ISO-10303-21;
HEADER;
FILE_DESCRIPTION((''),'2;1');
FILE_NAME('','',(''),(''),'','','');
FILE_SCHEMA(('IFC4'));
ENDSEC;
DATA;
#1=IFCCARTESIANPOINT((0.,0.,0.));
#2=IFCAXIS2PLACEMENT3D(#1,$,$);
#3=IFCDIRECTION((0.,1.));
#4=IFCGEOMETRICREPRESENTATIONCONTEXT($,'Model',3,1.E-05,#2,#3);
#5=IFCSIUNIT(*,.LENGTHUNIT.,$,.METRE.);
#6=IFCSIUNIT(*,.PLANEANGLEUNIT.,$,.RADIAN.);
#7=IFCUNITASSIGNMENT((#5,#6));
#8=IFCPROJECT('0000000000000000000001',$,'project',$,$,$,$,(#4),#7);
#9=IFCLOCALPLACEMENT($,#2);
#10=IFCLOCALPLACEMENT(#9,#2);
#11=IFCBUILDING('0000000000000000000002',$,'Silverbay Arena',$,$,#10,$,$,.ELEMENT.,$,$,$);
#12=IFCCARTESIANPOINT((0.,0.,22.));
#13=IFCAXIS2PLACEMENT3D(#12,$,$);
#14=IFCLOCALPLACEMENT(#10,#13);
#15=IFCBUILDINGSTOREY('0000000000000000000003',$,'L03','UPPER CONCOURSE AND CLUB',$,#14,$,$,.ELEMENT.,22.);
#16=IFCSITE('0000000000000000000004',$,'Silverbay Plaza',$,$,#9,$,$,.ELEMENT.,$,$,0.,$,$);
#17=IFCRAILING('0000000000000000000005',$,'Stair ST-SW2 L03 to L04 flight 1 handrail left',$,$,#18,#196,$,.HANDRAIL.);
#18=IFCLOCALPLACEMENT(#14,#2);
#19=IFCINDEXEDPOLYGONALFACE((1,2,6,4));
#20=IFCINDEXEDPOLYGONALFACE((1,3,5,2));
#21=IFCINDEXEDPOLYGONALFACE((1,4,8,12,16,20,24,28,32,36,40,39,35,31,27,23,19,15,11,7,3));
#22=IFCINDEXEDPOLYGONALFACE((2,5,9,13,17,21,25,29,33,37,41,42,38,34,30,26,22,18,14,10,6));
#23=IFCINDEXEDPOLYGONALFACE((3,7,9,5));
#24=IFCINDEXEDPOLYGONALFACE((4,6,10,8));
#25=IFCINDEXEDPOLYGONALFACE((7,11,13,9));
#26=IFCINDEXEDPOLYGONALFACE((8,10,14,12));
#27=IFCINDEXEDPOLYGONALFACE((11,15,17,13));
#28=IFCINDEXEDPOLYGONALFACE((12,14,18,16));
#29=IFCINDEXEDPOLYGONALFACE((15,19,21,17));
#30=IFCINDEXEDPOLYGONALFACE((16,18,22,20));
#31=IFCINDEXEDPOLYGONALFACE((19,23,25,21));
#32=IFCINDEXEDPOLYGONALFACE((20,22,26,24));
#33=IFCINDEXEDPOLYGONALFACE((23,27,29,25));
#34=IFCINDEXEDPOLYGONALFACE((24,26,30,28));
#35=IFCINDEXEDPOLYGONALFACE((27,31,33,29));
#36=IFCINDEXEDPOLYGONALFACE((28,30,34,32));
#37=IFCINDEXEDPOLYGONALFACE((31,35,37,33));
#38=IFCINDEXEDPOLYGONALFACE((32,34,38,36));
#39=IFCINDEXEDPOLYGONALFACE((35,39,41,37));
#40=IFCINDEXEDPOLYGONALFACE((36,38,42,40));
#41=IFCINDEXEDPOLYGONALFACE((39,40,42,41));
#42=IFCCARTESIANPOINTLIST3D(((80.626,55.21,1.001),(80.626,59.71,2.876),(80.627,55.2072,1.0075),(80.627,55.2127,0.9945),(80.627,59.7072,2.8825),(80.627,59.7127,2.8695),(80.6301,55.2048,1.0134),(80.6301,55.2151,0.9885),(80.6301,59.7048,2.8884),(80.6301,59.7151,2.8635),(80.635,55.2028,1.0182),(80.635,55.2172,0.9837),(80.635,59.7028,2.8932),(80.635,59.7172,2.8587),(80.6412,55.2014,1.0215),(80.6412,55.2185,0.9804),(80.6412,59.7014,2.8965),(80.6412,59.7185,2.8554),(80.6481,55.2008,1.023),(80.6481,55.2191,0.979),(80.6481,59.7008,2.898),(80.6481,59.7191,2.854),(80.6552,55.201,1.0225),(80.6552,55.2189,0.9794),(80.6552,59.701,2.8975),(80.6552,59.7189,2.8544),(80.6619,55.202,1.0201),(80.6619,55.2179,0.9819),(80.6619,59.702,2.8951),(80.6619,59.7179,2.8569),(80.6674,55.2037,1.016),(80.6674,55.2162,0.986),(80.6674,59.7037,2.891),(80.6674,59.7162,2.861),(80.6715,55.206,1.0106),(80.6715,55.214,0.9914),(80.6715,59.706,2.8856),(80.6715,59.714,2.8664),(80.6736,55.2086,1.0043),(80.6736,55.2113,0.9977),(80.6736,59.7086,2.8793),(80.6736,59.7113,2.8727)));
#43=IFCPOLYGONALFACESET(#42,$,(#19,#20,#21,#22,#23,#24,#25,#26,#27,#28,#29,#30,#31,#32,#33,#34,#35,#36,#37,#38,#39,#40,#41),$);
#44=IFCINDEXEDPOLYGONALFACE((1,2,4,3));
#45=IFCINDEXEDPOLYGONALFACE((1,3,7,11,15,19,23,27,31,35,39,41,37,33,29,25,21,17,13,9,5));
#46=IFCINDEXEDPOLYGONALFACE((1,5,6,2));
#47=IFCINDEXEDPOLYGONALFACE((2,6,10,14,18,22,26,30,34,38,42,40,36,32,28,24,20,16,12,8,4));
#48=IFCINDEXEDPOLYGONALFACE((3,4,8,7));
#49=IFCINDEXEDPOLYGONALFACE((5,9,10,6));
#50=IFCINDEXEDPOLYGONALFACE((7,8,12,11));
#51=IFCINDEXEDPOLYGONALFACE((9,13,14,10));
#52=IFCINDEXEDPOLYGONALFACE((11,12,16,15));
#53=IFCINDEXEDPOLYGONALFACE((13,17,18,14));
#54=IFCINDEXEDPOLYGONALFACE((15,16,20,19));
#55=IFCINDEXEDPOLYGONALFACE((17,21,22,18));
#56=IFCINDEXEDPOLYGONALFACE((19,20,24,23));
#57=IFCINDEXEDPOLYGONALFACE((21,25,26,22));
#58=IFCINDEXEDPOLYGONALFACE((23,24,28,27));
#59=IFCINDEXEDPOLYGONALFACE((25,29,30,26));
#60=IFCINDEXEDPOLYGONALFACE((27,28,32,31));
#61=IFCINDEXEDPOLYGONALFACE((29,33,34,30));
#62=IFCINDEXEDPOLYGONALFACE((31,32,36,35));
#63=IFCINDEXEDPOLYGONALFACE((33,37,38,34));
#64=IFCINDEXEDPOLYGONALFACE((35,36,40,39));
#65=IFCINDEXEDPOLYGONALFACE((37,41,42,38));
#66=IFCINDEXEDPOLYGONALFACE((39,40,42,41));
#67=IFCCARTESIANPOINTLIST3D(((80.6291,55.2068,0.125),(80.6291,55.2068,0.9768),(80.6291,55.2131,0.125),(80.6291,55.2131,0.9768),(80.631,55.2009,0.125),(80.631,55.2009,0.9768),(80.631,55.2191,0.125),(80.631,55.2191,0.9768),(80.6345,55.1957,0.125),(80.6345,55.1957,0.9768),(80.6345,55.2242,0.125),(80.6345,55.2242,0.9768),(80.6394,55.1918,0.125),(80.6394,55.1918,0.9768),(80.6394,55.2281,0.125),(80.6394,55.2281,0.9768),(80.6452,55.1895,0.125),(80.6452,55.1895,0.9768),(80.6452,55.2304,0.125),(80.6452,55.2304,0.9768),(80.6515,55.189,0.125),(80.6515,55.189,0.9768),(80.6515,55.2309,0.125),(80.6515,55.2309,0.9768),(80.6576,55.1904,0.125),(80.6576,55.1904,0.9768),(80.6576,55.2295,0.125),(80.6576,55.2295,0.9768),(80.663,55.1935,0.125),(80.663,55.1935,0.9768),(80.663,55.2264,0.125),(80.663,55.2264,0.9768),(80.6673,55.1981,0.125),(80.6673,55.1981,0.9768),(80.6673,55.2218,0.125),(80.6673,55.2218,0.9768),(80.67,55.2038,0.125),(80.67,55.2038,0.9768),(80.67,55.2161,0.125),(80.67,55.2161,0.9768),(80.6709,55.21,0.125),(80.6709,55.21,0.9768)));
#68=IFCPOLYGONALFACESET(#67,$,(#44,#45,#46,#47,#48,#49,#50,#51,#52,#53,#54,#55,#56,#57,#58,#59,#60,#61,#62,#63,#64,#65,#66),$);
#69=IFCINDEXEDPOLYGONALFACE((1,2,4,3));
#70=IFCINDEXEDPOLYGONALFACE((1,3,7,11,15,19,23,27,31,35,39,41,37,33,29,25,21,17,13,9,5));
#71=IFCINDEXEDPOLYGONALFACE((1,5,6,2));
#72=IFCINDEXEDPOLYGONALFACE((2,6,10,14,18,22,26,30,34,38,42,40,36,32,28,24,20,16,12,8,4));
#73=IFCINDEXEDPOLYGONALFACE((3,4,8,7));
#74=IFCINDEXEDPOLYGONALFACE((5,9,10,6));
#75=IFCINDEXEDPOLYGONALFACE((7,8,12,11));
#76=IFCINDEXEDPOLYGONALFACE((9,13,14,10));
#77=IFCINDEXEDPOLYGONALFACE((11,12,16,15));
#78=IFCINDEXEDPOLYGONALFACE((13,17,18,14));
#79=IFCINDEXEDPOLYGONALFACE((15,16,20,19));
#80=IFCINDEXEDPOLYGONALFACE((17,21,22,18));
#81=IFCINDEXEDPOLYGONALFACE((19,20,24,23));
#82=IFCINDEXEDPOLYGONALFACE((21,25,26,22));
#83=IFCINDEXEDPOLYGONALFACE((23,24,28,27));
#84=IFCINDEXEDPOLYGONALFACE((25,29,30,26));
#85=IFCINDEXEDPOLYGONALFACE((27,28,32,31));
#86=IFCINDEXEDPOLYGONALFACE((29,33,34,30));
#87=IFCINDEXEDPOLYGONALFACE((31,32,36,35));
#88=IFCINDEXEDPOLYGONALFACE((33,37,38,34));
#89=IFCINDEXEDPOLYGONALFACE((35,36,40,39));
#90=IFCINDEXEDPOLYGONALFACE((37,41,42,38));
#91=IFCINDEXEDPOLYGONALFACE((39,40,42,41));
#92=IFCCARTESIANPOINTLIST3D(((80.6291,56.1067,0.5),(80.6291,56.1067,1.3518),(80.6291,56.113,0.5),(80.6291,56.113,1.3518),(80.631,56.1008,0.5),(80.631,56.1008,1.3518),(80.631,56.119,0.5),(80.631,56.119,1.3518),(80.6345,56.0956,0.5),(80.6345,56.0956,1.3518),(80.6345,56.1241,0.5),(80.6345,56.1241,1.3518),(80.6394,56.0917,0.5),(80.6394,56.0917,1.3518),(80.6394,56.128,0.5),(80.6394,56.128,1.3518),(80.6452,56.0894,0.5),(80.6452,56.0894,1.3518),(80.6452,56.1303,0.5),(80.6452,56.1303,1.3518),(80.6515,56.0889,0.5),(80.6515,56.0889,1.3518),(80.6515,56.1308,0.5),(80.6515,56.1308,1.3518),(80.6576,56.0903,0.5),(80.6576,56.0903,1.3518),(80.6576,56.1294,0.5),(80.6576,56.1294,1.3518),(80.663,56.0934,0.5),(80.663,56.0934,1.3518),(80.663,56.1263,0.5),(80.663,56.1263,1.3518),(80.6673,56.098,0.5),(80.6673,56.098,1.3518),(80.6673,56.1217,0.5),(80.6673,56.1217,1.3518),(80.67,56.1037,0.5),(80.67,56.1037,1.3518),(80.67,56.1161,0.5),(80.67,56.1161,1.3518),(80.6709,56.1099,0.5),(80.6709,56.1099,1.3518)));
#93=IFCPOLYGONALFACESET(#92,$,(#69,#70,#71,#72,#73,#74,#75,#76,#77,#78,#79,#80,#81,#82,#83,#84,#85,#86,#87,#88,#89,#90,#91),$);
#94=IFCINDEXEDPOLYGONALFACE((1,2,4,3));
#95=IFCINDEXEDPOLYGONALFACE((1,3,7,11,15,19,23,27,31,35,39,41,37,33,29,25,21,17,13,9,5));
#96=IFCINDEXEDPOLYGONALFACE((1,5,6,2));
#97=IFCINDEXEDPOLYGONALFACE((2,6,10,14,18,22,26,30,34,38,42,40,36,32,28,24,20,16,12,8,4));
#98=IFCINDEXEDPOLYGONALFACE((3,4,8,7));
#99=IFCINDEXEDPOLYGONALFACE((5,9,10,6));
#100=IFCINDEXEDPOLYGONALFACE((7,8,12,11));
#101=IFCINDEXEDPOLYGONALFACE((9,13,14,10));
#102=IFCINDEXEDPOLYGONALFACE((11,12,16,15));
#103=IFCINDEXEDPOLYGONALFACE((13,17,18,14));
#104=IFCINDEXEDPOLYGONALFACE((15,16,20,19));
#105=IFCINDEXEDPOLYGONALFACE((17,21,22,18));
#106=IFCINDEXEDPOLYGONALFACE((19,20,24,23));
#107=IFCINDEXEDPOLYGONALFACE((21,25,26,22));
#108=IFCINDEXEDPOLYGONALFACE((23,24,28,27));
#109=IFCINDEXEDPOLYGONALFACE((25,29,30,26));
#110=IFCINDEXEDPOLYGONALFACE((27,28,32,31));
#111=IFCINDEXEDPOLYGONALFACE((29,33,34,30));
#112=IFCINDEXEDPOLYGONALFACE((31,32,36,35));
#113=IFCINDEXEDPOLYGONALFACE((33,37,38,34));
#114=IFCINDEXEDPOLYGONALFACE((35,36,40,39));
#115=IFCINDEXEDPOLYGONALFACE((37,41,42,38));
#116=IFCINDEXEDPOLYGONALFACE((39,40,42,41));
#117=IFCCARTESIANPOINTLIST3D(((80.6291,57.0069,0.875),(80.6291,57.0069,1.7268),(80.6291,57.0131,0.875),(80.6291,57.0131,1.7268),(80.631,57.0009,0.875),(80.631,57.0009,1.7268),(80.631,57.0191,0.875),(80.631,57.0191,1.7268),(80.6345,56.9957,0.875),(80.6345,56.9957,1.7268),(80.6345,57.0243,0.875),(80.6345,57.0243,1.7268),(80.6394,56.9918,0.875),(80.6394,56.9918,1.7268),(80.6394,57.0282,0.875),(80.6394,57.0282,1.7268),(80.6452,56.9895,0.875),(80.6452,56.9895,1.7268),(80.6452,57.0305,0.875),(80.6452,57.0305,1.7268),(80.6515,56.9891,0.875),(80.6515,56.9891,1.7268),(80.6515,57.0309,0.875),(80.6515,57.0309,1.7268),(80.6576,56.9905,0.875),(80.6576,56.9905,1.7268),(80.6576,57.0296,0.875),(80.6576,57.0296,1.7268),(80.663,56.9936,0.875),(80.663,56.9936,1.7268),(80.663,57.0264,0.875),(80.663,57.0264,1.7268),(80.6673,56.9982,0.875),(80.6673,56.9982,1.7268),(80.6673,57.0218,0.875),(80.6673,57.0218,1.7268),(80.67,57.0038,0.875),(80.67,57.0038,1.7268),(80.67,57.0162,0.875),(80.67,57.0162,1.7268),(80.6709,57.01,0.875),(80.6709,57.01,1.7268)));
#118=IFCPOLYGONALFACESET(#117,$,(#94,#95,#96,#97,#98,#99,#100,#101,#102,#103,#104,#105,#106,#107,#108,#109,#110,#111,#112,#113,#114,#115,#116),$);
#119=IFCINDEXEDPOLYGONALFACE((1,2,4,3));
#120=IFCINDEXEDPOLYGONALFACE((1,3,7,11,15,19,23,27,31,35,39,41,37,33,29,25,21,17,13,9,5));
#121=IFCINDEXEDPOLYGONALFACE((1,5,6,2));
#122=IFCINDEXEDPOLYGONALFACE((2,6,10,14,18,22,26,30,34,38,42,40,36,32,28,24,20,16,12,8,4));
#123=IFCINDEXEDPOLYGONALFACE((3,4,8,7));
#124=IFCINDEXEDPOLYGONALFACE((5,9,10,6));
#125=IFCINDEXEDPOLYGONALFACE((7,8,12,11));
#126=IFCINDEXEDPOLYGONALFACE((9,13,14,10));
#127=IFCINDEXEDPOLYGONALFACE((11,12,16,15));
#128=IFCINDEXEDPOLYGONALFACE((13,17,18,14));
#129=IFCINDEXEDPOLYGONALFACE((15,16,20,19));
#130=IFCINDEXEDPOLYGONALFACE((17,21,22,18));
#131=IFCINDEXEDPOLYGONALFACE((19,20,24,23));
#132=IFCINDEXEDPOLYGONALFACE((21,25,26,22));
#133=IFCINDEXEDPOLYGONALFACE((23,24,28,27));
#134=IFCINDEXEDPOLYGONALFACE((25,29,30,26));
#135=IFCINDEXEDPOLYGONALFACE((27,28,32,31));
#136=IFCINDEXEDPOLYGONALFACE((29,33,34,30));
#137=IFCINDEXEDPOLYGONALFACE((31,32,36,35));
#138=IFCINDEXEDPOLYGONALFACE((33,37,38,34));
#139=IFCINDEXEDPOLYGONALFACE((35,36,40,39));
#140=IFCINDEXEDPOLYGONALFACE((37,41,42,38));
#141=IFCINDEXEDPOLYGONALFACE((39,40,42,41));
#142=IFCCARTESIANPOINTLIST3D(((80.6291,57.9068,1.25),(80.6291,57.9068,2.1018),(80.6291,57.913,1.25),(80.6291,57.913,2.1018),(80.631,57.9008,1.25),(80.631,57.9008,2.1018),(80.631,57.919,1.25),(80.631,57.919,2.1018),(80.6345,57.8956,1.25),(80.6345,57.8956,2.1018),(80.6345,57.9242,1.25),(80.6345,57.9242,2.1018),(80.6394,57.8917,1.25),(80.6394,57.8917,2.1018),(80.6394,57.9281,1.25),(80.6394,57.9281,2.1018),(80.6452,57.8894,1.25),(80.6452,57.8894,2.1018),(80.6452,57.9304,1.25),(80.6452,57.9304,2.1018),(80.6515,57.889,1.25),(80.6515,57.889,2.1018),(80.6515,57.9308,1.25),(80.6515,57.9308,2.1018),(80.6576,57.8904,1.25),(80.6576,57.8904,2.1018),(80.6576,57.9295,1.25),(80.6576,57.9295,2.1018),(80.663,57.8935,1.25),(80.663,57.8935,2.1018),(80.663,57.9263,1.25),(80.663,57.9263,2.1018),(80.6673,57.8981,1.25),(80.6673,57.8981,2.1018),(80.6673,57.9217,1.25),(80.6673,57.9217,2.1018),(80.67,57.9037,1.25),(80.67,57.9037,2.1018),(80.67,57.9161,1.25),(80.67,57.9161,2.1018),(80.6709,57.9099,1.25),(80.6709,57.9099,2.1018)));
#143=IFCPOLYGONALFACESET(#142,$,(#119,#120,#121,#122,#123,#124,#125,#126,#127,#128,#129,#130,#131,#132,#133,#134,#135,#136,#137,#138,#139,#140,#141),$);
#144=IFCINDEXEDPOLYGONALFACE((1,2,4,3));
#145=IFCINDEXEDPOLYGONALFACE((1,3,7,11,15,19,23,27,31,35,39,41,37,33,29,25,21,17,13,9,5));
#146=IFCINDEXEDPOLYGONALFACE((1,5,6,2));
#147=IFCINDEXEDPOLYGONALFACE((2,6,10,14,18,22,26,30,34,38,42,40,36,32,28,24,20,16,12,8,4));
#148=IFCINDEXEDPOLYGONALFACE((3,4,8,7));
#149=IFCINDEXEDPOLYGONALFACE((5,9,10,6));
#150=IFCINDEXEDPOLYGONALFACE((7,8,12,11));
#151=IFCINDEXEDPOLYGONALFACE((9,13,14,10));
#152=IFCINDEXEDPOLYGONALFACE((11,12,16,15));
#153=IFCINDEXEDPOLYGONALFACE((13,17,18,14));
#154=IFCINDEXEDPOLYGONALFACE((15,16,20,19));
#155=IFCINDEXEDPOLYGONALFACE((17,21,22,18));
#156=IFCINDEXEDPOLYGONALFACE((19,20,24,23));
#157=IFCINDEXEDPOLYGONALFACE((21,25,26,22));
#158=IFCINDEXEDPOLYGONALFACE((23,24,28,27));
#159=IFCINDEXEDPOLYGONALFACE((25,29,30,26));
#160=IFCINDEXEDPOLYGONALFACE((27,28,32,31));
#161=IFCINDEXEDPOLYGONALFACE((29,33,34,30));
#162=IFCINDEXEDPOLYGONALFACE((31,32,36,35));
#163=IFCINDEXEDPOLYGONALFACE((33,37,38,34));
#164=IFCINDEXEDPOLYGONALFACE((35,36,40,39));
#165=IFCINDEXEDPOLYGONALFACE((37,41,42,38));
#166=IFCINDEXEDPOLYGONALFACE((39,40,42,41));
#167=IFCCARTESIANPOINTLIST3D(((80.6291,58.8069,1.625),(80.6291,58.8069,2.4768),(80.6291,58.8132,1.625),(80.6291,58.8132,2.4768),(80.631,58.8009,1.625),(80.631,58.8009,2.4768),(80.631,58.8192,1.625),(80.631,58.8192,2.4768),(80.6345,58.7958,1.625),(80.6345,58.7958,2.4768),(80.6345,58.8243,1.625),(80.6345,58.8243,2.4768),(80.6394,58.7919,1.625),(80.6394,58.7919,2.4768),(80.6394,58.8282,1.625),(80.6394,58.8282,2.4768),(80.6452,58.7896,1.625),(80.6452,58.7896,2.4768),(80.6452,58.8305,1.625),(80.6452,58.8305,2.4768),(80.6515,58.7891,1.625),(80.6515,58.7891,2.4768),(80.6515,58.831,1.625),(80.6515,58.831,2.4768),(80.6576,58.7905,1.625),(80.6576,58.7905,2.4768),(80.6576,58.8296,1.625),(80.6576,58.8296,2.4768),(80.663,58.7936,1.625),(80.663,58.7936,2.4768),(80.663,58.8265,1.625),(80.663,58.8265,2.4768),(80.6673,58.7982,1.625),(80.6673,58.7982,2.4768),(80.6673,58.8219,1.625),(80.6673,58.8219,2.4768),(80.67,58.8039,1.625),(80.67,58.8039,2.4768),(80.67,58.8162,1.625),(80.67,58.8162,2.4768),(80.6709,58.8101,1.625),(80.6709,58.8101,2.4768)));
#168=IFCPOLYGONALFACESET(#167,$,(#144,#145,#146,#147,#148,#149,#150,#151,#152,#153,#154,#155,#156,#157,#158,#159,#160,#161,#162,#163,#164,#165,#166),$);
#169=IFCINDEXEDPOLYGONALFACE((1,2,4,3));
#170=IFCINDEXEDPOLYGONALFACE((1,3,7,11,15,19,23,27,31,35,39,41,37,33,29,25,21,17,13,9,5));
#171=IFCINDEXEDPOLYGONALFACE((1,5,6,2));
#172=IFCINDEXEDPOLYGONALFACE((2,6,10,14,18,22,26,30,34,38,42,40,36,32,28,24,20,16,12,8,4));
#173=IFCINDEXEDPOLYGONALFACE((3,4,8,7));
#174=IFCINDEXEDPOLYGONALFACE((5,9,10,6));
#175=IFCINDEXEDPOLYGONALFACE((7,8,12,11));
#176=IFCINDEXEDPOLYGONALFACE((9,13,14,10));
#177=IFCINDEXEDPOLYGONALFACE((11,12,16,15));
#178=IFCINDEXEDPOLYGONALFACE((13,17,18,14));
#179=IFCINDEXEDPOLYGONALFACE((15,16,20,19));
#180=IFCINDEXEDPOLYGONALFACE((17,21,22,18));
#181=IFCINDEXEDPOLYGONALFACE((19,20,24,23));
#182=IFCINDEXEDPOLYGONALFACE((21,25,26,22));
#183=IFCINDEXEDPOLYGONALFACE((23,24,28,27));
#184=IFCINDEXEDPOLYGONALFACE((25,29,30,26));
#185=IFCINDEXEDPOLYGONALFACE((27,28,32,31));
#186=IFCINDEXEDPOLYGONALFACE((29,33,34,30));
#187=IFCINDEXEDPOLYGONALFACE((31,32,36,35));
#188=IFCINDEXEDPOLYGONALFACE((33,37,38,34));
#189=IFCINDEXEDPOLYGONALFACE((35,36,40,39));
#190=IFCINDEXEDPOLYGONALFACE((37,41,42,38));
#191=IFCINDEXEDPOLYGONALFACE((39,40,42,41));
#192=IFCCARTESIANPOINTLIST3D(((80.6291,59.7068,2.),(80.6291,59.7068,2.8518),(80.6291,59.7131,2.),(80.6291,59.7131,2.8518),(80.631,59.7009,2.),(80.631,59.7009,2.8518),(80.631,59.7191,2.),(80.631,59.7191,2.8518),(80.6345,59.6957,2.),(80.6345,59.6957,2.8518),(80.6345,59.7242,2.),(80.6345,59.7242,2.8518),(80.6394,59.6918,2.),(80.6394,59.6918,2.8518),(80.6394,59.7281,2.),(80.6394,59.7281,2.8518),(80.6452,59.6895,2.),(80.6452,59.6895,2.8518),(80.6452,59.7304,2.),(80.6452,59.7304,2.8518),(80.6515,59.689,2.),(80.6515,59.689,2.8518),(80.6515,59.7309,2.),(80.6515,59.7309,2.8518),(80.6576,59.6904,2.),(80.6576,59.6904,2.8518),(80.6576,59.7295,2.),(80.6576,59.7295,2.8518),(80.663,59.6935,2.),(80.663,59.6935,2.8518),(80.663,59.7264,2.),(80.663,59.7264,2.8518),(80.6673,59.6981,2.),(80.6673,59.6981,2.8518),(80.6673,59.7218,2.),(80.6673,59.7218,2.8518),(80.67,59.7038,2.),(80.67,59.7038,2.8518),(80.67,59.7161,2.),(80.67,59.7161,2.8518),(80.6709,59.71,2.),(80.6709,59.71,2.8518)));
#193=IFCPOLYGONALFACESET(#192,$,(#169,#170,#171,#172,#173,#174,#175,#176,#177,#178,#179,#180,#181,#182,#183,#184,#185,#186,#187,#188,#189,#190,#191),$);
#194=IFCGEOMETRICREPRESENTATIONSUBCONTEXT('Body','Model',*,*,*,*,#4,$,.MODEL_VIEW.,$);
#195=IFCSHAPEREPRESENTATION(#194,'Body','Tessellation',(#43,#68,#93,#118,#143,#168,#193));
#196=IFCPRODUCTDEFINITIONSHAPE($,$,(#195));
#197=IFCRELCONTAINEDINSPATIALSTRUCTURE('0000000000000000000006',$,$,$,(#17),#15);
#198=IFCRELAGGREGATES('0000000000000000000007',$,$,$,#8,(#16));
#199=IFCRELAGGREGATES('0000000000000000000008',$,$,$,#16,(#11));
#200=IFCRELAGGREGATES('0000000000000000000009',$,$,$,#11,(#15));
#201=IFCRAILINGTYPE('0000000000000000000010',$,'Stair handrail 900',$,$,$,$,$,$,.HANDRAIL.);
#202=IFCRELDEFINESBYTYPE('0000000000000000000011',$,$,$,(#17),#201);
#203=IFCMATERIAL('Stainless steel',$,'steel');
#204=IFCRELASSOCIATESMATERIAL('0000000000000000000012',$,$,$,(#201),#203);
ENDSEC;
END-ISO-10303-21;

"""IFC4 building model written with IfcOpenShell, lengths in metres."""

from ifc_helpers import new_model, si_unit, direction, frame, origin, origin_2d, place, context, subcontext, project, spatial, circle, extrude, material, type_object, element, save


model = new_model("IFC4")

# Units and contexts
model_context = context("Model", 3, precision=1e-05, world=origin(), true_north=direction((0.0, 1.0)))
body_context = subcontext(model_context, "Body", "Model", "MODEL_VIEW")
ifc_project = project(units=[si_unit("LENGTHUNIT", "METRE"), si_unit("PLANEANGLEUNIT", "RADIAN")], contexts=[model_context])

# Site, building, storey
site_placement = place(None, origin())
site = spatial("IfcSite", under=ifc_project, at=site_placement, Name="Silverbay Plaza", CompositionType="ELEMENT", RefElevation=0.0)
building_placement = place(site_placement, origin())
building = spatial("IfcBuilding", under=site, at=building_placement, Name="Silverbay Arena", CompositionType="ELEMENT")
storey_placement = place(building_placement, frame((0.0, 0.0, 22.0)))
storey = spatial("IfcBuildingStorey", under=building, at=storey_placement, Name="L03", Description="UPPER CONCOURSE AND CLUB", CompositionType="ELEMENT", Elevation=22.0)

# Railing
ifc_material_1 = material(Name="Stainless steel", Category="steel")
railing_type_1 = type_object("IfcRailingType", Name="Stair handrail 900", PredefinedType="HANDRAIL", material=ifc_material_1)
for number, where, name in (
    (1, (80.6499, 55.21, 0.125), "Stair ST-SW2 L03 to L04 flight 1 handrail left"),
):
    element("IfcRailing", number, at=place(storey_placement, frame(where)), inside=storey, type_object=railing_type_1, Name=name, PredefinedType="HANDRAIL", context=body_context, shape_type="SweptSolid", body=[
        extrude(circle(Radius=0.0239, at=origin_2d()), frame((0.0, 0.0, 0.876), z_axis=(0.0, 0.923077, 0.384615), x_axis=(-1.0, 0.0, 0.0)), (0.0, 0.0, 1.0), 4.875),
        extrude(circle(Radius=0.021, at=origin_2d()), origin(), (0.0, 0.0, 1.0), 0.8518),
        extrude(circle(Radius=0.021, at=origin_2d()), frame((0.0, 0.8999, 0.375)), (0.0, 0.0, 1.0), 0.8518),
        extrude(circle(Radius=0.021, at=origin_2d()), frame((0.0, 1.8, 0.75)), (0.0, 0.0, 1.0), 0.8518),
        extrude(circle(Radius=0.021, at=origin_2d()), frame((0.0, 2.7, 1.125)), (0.0, 0.0, 1.0), 0.8518),
        extrude(circle(Radius=0.021, at=origin_2d()), frame((0.0, 3.6001, 1.5)), (0.0, 0.0, 1.0), 0.8518),
        extrude(circle(Radius=0.021, at=origin_2d()), frame((0.0, 4.5, 1.875)), (0.0, 0.0, 1.0), 0.8518),
    ])

save(model, "model.ifc")
